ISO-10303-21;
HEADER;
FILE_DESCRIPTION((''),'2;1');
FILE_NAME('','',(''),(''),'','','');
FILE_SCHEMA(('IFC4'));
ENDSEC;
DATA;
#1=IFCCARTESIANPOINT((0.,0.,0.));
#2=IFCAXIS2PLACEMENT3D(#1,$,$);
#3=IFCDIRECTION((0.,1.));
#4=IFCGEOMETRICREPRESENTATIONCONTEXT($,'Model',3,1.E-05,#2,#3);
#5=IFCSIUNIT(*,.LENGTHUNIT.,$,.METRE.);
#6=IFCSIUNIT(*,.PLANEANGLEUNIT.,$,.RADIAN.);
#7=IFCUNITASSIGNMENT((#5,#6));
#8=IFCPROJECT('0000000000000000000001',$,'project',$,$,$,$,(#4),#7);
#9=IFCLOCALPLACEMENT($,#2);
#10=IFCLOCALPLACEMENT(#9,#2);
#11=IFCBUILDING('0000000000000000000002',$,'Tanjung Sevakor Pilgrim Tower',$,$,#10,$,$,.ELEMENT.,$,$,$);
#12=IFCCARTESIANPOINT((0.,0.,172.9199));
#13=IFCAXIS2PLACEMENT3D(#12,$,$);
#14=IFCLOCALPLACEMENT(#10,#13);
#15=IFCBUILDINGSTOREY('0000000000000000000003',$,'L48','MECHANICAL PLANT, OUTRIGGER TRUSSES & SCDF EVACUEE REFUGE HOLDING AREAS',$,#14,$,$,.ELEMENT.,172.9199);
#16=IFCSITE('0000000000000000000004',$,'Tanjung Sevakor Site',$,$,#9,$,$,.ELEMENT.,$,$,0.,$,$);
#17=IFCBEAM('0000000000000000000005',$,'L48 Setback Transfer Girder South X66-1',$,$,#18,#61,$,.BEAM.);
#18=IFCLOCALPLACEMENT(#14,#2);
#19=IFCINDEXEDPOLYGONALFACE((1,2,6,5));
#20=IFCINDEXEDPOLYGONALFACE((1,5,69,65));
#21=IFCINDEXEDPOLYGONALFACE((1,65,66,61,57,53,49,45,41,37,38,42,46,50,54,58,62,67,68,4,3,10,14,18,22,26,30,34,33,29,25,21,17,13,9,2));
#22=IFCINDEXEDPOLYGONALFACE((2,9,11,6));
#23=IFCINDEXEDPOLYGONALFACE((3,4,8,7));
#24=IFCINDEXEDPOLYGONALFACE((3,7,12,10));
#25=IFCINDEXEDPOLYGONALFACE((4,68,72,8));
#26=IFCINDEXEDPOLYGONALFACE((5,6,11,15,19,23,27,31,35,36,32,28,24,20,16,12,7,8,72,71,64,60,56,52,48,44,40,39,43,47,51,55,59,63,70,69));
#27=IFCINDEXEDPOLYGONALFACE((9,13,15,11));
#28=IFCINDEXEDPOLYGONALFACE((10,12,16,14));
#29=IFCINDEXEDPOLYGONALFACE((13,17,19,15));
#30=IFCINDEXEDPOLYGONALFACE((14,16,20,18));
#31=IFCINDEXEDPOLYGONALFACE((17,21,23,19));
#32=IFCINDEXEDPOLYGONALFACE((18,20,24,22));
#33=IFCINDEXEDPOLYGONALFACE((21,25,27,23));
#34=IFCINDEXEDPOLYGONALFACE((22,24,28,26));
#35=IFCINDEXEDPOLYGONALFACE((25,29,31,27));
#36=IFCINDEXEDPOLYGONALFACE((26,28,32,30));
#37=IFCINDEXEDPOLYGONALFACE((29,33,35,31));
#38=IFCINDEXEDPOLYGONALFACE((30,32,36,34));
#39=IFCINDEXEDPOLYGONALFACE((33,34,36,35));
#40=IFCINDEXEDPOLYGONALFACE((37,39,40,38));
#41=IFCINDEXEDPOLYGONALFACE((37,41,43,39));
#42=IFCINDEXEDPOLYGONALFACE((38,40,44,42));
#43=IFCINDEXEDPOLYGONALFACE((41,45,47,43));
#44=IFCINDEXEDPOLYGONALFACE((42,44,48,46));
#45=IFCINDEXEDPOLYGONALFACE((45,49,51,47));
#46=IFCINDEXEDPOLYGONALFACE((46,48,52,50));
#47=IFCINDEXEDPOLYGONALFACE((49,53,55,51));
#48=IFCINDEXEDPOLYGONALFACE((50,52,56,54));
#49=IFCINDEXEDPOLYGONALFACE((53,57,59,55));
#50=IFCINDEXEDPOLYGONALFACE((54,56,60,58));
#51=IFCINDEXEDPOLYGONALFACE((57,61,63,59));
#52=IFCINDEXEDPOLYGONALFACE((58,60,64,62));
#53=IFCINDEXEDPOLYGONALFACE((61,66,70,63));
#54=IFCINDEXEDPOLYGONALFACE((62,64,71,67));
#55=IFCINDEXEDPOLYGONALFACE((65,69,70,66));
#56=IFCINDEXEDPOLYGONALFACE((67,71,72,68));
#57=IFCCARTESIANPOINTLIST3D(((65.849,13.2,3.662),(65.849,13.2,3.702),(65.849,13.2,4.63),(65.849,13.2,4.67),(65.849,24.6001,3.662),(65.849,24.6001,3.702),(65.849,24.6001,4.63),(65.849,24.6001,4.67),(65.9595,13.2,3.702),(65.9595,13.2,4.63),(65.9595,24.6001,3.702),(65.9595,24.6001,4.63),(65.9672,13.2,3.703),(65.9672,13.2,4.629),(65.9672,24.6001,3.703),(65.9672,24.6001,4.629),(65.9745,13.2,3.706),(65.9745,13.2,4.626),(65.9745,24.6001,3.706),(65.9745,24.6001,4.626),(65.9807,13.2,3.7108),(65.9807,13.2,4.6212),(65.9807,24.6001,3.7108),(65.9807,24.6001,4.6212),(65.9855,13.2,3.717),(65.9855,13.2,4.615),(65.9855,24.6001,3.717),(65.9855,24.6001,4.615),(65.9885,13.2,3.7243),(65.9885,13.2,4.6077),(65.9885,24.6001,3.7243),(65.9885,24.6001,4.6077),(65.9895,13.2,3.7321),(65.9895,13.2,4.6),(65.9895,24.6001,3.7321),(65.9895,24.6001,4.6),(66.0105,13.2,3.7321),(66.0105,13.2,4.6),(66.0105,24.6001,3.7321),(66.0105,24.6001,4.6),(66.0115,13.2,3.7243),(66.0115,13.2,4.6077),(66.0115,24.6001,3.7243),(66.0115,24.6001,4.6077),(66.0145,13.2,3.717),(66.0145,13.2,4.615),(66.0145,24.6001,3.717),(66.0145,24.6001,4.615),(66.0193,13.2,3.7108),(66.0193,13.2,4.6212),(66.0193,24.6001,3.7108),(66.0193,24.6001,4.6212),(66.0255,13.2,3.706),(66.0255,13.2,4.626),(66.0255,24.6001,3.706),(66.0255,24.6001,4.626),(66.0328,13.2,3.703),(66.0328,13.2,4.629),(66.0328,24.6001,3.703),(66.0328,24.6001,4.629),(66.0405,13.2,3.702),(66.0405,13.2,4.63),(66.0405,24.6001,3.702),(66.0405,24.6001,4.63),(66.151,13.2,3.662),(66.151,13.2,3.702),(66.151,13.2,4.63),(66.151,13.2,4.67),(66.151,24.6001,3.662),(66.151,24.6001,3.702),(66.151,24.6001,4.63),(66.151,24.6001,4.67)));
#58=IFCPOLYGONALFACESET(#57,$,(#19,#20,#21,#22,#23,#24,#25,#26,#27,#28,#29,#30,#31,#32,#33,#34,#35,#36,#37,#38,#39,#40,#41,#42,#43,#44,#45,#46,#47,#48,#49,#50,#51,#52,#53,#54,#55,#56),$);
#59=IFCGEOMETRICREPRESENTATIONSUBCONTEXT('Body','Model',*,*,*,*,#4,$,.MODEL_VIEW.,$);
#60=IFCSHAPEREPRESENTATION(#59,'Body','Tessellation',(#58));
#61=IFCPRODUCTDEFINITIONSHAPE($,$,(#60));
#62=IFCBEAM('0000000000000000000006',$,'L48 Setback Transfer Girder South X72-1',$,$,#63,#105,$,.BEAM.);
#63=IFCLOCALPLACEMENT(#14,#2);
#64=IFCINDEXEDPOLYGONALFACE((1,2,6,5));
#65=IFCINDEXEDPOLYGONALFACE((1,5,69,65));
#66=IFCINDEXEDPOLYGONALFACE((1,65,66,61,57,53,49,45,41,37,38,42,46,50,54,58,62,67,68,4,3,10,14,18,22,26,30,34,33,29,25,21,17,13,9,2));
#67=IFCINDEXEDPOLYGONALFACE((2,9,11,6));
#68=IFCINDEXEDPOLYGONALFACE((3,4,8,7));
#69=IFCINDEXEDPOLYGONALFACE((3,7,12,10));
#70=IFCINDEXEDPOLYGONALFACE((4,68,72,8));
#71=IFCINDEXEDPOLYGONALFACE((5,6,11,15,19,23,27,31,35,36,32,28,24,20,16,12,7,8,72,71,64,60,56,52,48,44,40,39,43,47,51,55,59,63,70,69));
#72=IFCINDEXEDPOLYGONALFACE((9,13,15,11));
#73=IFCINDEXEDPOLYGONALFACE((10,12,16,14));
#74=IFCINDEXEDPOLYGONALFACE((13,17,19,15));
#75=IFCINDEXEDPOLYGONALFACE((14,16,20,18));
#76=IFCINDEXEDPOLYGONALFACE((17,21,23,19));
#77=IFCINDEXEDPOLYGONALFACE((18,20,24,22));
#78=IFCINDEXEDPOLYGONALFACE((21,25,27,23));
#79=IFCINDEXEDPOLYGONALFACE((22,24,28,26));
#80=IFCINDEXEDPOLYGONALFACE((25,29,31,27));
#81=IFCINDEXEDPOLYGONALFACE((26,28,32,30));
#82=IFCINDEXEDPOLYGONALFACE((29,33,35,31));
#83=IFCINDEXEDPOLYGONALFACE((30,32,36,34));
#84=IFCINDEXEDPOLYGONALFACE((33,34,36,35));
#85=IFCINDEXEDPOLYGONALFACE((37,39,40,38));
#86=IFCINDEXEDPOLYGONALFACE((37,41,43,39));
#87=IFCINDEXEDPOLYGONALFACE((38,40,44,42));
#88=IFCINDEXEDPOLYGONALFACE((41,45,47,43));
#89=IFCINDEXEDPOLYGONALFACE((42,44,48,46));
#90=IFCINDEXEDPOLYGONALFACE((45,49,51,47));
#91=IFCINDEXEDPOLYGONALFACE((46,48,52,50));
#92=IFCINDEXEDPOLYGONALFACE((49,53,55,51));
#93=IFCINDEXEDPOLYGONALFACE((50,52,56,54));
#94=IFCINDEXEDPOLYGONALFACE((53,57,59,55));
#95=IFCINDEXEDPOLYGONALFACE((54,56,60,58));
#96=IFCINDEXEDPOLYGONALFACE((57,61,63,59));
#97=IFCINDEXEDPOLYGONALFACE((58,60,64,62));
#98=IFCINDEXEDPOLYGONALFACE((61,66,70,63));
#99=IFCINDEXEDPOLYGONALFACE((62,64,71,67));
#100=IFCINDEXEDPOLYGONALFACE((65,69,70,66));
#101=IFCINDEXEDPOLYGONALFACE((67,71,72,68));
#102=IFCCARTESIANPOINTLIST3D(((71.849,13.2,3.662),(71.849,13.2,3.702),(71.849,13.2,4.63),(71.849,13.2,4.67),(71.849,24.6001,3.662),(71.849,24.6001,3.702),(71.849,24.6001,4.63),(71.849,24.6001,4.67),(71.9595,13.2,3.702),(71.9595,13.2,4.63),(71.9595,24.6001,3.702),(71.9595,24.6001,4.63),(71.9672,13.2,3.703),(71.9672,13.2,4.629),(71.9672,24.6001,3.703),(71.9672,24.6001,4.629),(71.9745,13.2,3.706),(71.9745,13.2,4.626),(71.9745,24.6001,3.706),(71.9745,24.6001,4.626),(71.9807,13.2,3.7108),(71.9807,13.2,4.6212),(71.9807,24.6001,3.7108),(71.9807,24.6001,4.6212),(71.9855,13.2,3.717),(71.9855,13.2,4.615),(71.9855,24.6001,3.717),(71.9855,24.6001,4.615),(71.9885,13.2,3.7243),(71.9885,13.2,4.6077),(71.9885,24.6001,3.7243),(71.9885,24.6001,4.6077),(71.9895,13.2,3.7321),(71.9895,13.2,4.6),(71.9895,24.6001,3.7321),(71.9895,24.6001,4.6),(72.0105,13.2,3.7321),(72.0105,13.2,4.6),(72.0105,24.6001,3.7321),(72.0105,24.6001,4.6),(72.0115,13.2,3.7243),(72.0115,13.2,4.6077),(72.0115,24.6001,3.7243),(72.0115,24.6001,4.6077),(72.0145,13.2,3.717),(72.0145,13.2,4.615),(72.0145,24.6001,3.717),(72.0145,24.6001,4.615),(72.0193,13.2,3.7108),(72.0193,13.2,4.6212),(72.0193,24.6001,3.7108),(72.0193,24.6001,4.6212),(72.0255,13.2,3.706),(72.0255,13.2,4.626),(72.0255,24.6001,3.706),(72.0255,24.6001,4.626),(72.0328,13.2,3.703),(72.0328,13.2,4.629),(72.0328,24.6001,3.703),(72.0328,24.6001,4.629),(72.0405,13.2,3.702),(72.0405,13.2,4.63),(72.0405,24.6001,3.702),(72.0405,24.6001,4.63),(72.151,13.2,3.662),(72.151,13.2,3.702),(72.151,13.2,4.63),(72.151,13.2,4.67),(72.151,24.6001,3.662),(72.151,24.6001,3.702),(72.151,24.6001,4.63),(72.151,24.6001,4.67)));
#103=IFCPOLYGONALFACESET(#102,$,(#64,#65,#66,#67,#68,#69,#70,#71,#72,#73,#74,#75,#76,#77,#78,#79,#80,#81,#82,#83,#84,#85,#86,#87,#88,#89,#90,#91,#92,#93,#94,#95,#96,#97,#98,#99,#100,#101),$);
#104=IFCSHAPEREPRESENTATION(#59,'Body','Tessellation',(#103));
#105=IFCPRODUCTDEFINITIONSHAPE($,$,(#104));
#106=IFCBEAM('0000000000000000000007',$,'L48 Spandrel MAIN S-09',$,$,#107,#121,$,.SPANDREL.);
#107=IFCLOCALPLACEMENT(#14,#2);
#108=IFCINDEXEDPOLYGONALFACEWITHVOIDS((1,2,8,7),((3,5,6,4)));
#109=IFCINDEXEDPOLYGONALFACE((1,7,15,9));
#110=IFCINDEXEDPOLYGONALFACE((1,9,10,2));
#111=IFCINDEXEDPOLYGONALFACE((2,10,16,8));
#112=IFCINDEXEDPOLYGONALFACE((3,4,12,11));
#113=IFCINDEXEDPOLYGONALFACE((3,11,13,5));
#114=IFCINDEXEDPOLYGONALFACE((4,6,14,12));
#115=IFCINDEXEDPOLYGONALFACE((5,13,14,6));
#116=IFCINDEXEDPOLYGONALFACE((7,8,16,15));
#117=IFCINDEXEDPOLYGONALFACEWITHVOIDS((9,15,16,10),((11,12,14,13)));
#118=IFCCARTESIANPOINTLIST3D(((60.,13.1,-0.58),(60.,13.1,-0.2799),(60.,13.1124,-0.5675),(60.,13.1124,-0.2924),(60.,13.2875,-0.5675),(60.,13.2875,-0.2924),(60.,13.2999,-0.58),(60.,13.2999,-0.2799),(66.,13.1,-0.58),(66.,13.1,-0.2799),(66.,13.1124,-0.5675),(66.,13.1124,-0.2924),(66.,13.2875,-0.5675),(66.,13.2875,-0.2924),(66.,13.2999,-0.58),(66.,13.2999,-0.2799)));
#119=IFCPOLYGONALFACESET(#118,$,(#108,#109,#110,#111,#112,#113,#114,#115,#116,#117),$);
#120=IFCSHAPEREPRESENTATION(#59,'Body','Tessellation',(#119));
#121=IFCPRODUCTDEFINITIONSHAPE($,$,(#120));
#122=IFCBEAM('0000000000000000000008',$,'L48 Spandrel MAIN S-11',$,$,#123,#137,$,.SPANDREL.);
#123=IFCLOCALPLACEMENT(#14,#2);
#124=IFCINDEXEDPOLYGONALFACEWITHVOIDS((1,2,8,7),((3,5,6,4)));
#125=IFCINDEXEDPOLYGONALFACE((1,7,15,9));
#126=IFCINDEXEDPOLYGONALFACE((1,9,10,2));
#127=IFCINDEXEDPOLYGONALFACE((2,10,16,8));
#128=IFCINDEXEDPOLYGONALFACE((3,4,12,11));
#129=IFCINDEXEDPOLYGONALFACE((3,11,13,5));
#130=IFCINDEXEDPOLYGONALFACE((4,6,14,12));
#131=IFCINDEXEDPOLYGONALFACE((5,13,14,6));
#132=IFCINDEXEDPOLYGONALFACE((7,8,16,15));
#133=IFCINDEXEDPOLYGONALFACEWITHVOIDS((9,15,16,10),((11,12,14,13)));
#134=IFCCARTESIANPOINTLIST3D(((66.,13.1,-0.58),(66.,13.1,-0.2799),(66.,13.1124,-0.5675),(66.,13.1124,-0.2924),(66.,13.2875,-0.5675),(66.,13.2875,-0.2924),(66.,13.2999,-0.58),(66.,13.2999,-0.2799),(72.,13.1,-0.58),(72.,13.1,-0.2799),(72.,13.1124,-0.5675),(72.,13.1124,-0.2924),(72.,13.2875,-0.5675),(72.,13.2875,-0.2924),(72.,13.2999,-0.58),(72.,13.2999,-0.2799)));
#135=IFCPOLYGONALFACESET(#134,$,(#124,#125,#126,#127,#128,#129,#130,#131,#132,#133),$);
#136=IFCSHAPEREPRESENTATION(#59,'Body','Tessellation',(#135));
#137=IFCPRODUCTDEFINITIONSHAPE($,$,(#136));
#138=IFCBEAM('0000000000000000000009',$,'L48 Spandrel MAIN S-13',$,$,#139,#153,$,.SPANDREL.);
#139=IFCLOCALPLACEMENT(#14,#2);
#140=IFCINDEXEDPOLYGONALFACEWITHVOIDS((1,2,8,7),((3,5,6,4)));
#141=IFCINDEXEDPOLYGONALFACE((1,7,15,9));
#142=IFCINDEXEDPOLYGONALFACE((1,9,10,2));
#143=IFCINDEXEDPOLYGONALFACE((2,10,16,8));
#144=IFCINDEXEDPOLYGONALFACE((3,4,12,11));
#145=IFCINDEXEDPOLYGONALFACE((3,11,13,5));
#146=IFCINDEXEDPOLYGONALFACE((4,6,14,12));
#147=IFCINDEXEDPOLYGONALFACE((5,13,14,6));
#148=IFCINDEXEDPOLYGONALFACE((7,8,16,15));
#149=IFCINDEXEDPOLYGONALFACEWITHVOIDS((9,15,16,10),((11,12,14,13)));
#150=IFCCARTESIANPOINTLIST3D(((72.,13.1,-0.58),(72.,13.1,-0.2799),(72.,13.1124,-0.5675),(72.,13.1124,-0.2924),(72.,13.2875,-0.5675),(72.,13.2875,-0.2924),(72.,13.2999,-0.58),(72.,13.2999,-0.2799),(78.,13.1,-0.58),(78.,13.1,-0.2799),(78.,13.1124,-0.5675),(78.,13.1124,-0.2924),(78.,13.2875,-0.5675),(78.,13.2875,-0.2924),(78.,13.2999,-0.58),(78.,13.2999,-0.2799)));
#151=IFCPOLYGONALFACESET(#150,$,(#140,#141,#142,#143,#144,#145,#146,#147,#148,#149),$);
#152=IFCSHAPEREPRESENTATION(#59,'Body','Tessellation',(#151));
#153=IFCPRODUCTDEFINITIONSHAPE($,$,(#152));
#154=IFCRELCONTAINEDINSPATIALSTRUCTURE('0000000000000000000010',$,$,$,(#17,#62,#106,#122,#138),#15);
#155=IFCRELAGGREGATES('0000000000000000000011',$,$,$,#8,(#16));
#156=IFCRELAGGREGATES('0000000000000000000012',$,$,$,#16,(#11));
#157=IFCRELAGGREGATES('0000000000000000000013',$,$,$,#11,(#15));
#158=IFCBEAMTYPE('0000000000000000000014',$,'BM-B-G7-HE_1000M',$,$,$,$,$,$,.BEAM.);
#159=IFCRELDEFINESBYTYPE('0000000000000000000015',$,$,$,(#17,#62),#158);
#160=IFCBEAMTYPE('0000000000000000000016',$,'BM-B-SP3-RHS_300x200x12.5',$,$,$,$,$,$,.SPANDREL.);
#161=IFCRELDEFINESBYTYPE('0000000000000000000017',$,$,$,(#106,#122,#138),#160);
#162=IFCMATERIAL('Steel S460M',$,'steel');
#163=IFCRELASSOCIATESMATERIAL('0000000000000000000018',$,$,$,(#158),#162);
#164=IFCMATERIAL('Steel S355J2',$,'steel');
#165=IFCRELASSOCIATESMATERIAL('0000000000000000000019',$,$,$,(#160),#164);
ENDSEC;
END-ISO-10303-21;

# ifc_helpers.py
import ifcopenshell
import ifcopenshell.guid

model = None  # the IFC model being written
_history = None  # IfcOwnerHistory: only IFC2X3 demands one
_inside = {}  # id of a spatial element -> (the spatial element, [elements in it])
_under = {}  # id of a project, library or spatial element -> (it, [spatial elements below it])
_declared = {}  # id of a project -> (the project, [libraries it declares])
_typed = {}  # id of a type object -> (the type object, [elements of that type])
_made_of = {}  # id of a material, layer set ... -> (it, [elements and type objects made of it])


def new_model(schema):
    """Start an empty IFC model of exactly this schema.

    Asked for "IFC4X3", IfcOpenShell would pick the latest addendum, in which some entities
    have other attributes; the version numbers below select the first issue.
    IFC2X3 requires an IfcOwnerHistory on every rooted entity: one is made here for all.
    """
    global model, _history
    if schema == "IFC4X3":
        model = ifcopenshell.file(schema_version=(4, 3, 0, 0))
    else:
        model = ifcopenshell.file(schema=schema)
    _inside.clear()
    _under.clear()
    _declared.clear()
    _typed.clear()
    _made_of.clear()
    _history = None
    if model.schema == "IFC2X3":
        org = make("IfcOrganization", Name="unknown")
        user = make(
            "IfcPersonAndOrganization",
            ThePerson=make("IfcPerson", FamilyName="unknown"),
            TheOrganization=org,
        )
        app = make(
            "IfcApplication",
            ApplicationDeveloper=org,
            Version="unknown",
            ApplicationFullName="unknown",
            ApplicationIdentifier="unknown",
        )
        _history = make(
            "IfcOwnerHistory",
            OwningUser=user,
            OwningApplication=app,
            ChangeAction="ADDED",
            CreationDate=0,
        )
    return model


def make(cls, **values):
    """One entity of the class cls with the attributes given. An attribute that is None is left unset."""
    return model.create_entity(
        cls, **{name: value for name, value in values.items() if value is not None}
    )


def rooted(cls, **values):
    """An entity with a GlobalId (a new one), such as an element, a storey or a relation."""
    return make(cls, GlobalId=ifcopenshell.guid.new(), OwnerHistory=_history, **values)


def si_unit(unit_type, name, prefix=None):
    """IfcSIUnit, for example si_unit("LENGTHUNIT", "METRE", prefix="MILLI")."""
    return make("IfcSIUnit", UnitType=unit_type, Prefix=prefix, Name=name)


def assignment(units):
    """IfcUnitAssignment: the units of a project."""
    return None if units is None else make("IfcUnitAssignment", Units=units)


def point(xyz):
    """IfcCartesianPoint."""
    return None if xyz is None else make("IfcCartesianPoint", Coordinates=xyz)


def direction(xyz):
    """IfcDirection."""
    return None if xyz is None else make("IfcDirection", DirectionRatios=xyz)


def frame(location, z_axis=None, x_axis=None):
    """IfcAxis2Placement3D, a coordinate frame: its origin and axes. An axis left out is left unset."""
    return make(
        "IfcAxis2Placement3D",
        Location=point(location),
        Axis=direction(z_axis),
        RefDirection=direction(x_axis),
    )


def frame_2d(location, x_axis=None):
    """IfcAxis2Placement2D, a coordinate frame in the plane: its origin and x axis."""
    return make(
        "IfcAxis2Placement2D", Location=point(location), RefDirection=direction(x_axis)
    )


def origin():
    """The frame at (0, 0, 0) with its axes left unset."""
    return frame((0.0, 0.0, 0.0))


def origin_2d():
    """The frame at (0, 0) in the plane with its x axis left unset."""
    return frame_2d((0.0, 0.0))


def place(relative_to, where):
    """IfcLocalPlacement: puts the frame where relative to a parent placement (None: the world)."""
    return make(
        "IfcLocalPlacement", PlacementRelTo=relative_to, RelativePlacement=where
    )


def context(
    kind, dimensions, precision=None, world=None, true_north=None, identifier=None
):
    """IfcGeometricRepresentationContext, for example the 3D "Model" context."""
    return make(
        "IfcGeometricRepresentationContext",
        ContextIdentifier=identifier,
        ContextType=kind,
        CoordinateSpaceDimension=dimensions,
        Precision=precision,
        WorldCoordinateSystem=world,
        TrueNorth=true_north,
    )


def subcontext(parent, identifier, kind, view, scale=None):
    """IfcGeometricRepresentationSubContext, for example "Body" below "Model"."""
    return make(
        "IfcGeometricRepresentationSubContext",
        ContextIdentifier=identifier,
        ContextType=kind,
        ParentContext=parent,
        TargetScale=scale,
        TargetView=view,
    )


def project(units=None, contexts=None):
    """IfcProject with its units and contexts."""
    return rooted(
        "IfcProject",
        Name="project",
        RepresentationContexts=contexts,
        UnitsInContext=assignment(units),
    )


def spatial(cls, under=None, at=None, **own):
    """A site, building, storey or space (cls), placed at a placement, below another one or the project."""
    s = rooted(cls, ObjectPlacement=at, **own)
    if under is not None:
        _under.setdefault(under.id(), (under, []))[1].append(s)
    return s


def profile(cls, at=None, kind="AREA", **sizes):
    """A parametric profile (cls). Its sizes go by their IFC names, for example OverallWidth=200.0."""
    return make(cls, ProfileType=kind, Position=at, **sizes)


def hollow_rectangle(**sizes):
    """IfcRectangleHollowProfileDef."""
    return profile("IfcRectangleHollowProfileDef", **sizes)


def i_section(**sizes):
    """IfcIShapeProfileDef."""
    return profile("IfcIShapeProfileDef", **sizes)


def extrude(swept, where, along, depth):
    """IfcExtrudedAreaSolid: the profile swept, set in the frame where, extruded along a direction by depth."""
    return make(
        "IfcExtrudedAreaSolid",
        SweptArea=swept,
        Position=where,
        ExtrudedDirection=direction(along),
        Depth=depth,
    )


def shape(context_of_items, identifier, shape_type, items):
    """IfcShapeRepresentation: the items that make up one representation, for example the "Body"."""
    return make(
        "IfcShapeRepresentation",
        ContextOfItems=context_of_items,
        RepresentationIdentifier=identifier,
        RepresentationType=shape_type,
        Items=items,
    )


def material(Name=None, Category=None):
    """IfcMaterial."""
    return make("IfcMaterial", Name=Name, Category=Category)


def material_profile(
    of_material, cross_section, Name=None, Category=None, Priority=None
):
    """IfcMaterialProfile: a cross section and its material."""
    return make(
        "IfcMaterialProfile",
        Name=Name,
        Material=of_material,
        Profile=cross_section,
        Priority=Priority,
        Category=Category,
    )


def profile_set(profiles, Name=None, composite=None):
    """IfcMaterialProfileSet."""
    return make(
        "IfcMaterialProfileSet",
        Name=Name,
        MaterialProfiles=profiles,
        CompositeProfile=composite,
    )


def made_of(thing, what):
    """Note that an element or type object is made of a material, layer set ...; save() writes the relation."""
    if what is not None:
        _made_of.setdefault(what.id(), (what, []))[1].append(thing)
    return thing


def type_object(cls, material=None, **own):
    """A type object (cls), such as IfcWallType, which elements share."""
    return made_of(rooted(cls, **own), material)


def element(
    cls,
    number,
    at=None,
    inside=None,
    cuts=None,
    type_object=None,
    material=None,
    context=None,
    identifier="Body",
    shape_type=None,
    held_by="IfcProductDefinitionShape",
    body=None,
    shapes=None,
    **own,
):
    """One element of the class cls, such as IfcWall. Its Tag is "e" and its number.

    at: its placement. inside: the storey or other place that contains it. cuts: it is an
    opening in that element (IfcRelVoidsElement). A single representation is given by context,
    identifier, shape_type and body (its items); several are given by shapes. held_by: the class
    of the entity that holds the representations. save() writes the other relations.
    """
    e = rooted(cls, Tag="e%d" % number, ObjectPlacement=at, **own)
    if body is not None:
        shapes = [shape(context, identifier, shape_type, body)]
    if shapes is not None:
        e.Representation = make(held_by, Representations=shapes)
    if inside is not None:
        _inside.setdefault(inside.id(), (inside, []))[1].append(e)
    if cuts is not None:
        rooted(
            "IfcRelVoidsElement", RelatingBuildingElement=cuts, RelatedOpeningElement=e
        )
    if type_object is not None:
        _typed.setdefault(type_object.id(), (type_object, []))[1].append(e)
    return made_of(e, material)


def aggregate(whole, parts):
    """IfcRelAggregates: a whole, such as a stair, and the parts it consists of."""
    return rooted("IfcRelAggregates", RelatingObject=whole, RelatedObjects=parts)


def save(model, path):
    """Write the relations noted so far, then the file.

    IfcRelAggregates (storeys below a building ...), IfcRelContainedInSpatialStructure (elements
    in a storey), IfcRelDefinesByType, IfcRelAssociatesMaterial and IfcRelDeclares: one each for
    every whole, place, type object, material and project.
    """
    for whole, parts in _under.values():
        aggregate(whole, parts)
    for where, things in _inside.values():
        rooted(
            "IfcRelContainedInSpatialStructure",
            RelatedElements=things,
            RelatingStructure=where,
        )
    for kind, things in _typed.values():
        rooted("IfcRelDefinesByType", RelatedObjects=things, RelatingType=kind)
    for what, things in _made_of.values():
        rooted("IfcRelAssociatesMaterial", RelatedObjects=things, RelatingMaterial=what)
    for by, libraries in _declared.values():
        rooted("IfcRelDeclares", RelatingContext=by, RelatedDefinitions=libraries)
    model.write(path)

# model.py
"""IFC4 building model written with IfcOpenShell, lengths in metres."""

from ifc_helpers import new_model, si_unit, direction, frame, origin, origin_2d, place, context, subcontext, project, spatial, hollow_rectangle, i_section, extrude, material, material_profile, profile_set, type_object, element, save


model = new_model("IFC4")

# Units and contexts
model_context = context("Model", 3, precision=1e-05, world=origin(), true_north=direction((0.0, 1.0)))
body_context = subcontext(model_context, "Body", "Model", "MODEL_VIEW")
ifc_project = project(units=[si_unit("LENGTHUNIT", "METRE"), si_unit("PLANEANGLEUNIT", "RADIAN")], contexts=[model_context])

# Site, building, storey
site_placement = place(None, origin())
site = spatial("IfcSite", under=ifc_project, at=site_placement, Name="Tanjung Sevakor Site", CompositionType="ELEMENT", RefElevation=0.0)
building_placement = place(site_placement, origin())
building = spatial("IfcBuilding", under=site, at=building_placement, Name="Tanjung Sevakor Pilgrim Tower", CompositionType="ELEMENT")
storey_placement = place(building_placement, frame((0.0, 0.0, 172.9199)))
storey = spatial("IfcBuildingStorey", under=building, at=storey_placement, Name="L48", Description="MECHANICAL PLANT, OUTRIGGER TRUSSES & SCDF EVACUEE REFUGE HOLDING AREAS", CompositionType="ELEMENT", Elevation=172.9199)

# Beams
ifc_material_1 = material(Name="Steel S460M", Category="steel")
ifc_material_profile_1 = material_profile(ifc_material_1, i_section(OverallWidth=0.302, OverallDepth=1.0081, WebThickness=0.021, FlangeThickness=0.04, FilletRadius=0.03, at=origin_2d()))
ifc_profile_set_1 = profile_set([ifc_material_profile_1], Name="Steel S460M")
beam_type_1 = type_object("IfcBeamType", Name="BM-B-G7-HE_1000M", PredefinedType="BEAM", material=ifc_profile_set_1)
for number, where, z_axis, x_axis, name in (
    (1, (66.0, 13.2, 4.166), (0.0, 1.0, 0.0), (-1.0, 0.0, 0.0), "L48 Setback Transfer Girder South X66-1"),
    (2, (72.0, 13.2, 4.166), (0.0, 1.0, 0.0), (-1.0, 0.0, 0.0), "L48 Setback Transfer Girder South X72-1"),
):
    element("IfcBeam", number, at=place(storey_placement, frame(where, z_axis=z_axis, x_axis=x_axis)), inside=storey, type_object=beam_type_1, Name=name, PredefinedType="BEAM", context=body_context, shape_type="SweptSolid", body=[
        extrude(i_section(OverallWidth=0.302, OverallDepth=1.0081, WebThickness=0.021, FlangeThickness=0.04, FilletRadius=0.03, at=origin_2d()), origin(), (0.0, 0.0, 1.0), 11.4001),
    ])
ifc_material_2 = material(Name="Steel S355J2", Category="steel")
ifc_material_profile_2 = material_profile(ifc_material_2, hollow_rectangle(XDim=0.2, YDim=0.3, WallThickness=0.0125, at=origin_2d()))
ifc_profile_set_2 = profile_set([ifc_material_profile_2], Name="Steel S355J2")
beam_type_2 = type_object("IfcBeamType", Name="BM-B-SP3-RHS_300x200x12.5", PredefinedType="SPANDREL", material=ifc_profile_set_2)
for number, where, z_axis, x_axis, name in (
    (3, (60.0, 13.2, -0.4299), (1.0, 0.0, 0.0), (0.0, 1.0, 0.0), "L48 Spandrel MAIN S-09"),
    (4, (66.0, 13.2, -0.4299), (1.0, 0.0, 0.0), (0.0, 1.0, 0.0), "L48 Spandrel MAIN S-11"),
    (5, (72.0, 13.2, -0.4299), (1.0, 0.0, 0.0), (0.0, 1.0, 0.0), "L48 Spandrel MAIN S-13"),
):
    element("IfcBeam", number, at=place(storey_placement, frame(where, z_axis=z_axis, x_axis=x_axis)), inside=storey, type_object=beam_type_2, Name=name, PredefinedType="SPANDREL", context=body_context, shape_type="SweptSolid", body=[
        extrude(hollow_rectangle(XDim=0.2, YDim=0.3, WallThickness=0.0125, at=origin_2d()), origin(), (0.0, 0.0, 1.0), 6.0),
    ])

save(model, "model.ifc")
